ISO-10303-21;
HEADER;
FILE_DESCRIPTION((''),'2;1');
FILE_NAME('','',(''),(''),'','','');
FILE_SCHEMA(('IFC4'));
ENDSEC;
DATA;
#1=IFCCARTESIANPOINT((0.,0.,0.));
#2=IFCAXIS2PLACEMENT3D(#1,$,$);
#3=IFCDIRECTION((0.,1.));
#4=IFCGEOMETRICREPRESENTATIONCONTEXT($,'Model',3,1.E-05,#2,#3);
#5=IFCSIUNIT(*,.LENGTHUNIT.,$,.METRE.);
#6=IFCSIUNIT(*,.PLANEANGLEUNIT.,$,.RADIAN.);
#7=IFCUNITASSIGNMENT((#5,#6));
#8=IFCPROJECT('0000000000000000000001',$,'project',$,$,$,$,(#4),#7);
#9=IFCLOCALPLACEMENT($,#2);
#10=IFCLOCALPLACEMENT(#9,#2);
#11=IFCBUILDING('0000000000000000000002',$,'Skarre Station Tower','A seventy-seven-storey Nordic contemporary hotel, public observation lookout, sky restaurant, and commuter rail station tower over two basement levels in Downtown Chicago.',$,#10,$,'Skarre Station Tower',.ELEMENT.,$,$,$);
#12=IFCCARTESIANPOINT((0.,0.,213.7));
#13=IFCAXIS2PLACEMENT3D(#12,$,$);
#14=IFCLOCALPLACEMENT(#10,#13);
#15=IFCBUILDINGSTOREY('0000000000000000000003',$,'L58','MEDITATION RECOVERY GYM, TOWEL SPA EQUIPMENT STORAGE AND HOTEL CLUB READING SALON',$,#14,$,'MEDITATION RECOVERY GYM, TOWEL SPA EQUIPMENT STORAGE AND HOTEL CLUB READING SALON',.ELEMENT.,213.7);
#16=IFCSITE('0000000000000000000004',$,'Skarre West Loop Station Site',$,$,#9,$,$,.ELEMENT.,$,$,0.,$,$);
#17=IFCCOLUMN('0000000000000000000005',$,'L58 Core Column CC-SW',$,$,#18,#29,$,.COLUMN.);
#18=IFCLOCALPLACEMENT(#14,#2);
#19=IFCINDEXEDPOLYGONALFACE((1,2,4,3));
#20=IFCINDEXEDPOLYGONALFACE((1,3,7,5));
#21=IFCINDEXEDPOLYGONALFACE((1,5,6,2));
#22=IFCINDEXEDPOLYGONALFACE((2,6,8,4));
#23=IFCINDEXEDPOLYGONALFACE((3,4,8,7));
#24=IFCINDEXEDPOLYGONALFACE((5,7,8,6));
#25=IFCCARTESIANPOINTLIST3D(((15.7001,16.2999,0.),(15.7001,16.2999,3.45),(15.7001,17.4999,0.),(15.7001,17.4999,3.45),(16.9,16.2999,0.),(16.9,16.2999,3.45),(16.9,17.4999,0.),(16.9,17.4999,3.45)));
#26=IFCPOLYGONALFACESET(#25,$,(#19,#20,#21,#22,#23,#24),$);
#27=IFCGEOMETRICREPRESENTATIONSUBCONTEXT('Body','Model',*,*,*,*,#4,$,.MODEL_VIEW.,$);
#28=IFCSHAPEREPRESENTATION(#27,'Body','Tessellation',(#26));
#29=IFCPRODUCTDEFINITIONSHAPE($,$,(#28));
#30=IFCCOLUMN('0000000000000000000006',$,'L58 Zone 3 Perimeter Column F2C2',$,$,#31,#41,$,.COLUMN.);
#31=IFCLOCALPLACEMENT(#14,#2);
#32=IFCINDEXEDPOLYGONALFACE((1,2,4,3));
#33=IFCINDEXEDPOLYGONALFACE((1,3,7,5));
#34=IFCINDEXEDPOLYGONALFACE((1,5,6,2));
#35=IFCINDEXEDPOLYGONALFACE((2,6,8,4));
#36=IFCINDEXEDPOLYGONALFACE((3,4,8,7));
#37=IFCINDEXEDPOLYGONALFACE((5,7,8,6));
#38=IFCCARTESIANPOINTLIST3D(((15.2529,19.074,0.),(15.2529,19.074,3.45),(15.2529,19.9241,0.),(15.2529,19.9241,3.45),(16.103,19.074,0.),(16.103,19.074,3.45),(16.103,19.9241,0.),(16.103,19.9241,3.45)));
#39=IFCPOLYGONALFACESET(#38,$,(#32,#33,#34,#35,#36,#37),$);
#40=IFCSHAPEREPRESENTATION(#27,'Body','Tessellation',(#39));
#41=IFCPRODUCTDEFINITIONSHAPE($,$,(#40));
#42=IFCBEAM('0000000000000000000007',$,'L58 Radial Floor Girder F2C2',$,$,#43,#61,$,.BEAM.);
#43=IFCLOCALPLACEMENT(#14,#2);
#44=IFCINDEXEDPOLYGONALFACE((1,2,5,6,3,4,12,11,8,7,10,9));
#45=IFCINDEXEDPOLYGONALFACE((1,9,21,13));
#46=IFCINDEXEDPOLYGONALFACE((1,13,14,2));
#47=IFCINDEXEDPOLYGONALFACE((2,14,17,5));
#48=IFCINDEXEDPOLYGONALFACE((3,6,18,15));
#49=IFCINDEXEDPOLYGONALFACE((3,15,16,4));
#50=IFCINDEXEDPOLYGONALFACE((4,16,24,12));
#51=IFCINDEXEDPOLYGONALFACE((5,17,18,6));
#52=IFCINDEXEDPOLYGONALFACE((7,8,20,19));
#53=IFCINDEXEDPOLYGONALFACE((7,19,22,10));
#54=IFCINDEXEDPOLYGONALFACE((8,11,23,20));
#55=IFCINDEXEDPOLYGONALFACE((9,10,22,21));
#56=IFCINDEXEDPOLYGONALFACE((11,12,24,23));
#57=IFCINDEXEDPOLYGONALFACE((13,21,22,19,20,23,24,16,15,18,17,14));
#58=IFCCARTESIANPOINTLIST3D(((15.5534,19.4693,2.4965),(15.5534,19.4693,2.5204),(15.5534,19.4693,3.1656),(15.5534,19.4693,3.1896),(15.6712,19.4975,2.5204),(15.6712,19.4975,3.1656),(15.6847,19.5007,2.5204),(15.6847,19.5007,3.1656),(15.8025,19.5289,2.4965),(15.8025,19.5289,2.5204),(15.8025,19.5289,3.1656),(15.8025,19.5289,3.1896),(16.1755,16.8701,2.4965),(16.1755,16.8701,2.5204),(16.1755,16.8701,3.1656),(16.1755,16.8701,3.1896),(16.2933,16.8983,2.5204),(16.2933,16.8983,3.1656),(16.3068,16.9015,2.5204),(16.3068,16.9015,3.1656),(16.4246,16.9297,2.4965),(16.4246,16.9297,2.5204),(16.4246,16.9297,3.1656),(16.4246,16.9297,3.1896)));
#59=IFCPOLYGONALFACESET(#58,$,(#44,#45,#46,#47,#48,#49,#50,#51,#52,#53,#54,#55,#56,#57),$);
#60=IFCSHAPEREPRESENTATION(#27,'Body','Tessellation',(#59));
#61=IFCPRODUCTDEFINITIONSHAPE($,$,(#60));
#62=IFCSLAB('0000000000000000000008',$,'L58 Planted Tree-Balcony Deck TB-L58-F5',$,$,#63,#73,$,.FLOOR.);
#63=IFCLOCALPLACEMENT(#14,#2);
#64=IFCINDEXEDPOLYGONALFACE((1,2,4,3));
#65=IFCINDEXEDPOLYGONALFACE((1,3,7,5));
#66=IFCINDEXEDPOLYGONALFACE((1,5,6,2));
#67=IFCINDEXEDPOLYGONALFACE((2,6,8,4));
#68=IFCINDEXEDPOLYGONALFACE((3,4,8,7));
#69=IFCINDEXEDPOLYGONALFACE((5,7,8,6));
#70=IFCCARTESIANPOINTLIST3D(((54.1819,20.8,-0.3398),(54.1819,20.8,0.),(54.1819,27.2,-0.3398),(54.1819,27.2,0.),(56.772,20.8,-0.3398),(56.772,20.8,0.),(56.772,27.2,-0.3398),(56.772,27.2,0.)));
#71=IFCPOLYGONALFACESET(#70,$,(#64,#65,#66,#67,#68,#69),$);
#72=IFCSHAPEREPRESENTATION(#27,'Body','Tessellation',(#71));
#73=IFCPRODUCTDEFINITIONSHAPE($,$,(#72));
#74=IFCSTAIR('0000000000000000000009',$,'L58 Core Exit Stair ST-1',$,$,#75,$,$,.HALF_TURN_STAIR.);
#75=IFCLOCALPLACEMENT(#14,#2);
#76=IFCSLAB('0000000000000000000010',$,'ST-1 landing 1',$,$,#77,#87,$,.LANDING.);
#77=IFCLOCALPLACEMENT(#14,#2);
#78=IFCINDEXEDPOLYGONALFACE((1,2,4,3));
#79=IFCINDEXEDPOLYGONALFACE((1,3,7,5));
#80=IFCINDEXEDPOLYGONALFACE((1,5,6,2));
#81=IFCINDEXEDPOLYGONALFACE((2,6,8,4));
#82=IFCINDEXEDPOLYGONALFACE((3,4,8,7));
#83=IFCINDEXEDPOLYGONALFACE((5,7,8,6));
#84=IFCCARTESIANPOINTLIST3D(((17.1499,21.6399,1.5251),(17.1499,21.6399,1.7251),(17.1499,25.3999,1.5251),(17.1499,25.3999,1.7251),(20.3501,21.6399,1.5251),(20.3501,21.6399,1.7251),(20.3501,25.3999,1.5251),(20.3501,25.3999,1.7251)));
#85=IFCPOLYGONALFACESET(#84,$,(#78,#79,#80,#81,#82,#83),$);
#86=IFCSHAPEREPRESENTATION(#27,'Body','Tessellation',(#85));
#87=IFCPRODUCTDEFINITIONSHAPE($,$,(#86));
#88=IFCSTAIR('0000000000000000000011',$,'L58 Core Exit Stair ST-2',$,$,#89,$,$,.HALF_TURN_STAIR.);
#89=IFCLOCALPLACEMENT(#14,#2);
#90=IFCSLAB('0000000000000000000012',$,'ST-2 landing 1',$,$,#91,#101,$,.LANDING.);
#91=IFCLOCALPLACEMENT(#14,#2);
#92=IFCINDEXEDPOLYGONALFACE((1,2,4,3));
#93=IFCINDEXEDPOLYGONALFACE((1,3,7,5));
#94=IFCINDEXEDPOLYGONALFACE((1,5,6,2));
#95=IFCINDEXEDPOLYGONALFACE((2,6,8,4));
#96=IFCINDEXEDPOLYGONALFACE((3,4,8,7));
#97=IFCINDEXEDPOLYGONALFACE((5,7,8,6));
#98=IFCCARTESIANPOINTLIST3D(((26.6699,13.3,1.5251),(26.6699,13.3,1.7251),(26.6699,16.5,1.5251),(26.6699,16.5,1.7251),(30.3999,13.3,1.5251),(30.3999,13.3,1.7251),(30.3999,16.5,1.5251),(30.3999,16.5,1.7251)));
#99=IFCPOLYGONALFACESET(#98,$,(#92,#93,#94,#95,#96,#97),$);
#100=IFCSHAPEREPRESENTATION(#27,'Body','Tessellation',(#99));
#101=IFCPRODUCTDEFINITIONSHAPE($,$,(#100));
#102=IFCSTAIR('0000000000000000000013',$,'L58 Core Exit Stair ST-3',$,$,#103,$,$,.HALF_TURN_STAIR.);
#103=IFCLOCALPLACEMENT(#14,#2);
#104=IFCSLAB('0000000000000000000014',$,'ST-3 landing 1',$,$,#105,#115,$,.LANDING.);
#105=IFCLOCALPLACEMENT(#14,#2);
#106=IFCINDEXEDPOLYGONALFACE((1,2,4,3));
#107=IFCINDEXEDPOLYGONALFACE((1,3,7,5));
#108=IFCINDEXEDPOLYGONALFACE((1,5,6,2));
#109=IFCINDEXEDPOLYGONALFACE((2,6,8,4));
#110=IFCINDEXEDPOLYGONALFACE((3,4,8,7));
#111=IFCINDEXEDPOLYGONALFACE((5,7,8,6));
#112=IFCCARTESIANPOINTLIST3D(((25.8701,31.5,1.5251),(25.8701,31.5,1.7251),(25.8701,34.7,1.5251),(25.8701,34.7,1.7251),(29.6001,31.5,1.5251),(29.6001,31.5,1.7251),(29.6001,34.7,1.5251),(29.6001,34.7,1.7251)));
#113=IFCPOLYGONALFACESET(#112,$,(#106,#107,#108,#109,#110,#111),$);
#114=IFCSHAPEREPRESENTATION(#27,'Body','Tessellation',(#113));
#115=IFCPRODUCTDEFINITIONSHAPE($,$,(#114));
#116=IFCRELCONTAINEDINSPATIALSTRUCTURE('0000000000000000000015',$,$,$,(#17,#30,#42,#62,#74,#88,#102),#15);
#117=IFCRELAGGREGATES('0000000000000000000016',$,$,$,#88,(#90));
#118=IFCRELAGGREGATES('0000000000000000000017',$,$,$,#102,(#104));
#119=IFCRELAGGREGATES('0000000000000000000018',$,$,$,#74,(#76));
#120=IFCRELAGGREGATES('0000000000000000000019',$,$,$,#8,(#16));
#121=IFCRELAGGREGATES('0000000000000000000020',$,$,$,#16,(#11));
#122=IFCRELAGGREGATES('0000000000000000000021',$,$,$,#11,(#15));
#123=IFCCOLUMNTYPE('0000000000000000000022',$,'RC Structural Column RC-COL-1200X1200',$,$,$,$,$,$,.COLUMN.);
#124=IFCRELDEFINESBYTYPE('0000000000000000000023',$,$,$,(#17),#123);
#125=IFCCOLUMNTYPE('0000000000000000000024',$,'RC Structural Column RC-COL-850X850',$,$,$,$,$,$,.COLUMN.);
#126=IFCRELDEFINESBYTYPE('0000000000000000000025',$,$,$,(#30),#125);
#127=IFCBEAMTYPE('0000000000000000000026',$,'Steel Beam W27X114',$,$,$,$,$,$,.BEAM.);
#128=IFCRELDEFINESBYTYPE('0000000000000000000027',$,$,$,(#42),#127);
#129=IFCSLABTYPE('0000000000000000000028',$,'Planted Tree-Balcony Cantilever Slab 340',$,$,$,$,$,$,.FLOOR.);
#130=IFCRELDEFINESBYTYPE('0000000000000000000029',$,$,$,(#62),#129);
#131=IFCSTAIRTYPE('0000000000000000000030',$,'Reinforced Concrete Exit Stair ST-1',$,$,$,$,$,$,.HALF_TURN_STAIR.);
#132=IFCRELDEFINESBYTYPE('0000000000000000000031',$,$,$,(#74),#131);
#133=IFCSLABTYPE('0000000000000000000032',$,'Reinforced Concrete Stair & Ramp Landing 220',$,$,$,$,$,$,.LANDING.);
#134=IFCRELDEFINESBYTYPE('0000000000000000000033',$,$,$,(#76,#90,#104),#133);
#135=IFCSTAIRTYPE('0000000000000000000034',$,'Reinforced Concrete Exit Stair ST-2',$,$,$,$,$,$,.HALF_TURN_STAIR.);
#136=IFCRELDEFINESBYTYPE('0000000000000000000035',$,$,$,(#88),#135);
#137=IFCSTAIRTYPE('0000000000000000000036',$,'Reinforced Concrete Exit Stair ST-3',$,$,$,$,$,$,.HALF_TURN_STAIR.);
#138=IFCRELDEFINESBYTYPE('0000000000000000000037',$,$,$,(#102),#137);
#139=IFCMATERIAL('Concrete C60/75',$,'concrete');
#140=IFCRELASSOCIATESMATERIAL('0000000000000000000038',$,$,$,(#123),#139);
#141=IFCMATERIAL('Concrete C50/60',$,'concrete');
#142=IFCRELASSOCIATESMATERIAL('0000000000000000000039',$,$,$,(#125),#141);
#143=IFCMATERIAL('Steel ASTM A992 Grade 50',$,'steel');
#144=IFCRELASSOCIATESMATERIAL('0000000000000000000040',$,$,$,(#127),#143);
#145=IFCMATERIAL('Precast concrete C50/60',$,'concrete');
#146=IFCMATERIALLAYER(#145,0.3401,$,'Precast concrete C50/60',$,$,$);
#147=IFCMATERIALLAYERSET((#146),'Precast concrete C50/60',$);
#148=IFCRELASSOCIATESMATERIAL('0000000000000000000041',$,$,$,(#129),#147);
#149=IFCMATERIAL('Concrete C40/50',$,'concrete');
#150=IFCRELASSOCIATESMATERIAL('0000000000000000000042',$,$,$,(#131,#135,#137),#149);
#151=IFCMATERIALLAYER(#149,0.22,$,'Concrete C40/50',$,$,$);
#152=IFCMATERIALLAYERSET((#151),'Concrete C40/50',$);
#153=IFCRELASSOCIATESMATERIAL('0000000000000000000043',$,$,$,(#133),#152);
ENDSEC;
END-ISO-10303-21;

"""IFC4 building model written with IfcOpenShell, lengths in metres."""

from ifc_helpers import new_model, si_unit, direction, frame, origin, origin_2d, place, context, subcontext, project, spatial, polyline, rectangle, i_section, outline, extrude, material, layer, layer_set, material_profile, profile_set, type_object, element, aggregate, save


model = new_model("IFC4")

# Units and contexts
model_context = context("Model", 3, precision=1e-05, world=origin(), true_north=direction((0.0, 1.0)))
body_context = subcontext(model_context, "Body", "Model", "MODEL_VIEW")
ifc_project = project(units=[si_unit("LENGTHUNIT", "METRE"), si_unit("PLANEANGLEUNIT", "RADIAN")], contexts=[model_context])

# Site, building, storey
site_placement = place(None, origin())
site = spatial("IfcSite", under=ifc_project, at=site_placement, Name="Skarre West Loop Station Site", CompositionType="ELEMENT", RefElevation=0.0)
building_placement = place(site_placement, origin())
building = spatial("IfcBuilding", under=site, at=building_placement, Name="Skarre Station Tower", Description="A seventy-seven-storey Nordic contemporary hotel, public observation lookout, sky restaurant, and commuter rail station tower over two basement levels in Downtown Chicago.", LongName="Skarre Station Tower", CompositionType="ELEMENT")
storey_placement = place(building_placement, frame((0.0, 0.0, 213.7)))
storey = spatial("IfcBuildingStorey", under=building, at=storey_placement, Name="L58", Description="MEDITATION RECOVERY GYM, TOWEL SPA EQUIPMENT STORAGE AND HOTEL CLUB READING SALON", LongName="MEDITATION RECOVERY GYM, TOWEL SPA EQUIPMENT STORAGE AND HOTEL CLUB READING SALON", CompositionType="ELEMENT", Elevation=213.7)

# Columns
ifc_material_1 = material(Name="Concrete C60/75", Category="concrete")
ifc_material_profile_1 = material_profile(ifc_material_1, rectangle(XDim=1.2, YDim=1.2, at=origin_2d()), Name="Concrete C60/75")
ifc_profile_set_1 = profile_set([ifc_material_profile_1], Name="Concrete C60/75")
column_type_1 = type_object("IfcColumnType", Name="RC Structural Column RC-COL-1200X1200", PredefinedType="COLUMN", material=ifc_profile_set_1)
column_1_placement = place(storey_placement, frame((16.3, 16.8999, 0.0), z_axis=(0.0, 0.0, 1.0), x_axis=(1.0, 0.0, 0.0)))
element("IfcColumn", 1, at=column_1_placement, inside=storey, type_object=column_type_1, Name="L58 Core Column CC-SW", PredefinedType="COLUMN", context=body_context, shape_type="SweptSolid", body=[
    extrude(rectangle(XDim=1.2, YDim=1.2, at=origin_2d()), origin(), (0.0, 0.0, 1.0), 3.45),
])
ifc_material_2 = material(Name="Concrete C50/60", Category="concrete")
ifc_material_profile_2 = material_profile(ifc_material_2, rectangle(XDim=0.8501, YDim=0.8501, at=origin_2d()), Name="Concrete C50/60")
ifc_profile_set_2 = profile_set([ifc_material_profile_2], Name="Concrete C50/60")
column_type_2 = type_object("IfcColumnType", Name="RC Structural Column RC-COL-850X850", PredefinedType="COLUMN", material=ifc_profile_set_2)
column_2_placement = place(storey_placement, frame((15.678, 19.499, 0.0), z_axis=(0.0, 0.0, 1.0), x_axis=(1.0, 0.0, 0.0)))
element("IfcColumn", 2, at=column_2_placement, inside=storey, type_object=column_type_2, Name="L58 Zone 3 Perimeter Column F2C2", PredefinedType="COLUMN", context=body_context, shape_type="SweptSolid", body=[
    extrude(rectangle(XDim=0.8501, YDim=0.8501, at=origin_2d()), origin(), (0.0, 0.0, 1.0), 3.45),
])

# Beam
ifc_material_3 = material(Name="Steel ASTM A992 Grade 50", Category="steel")
ifc_material_profile_3 = material_profile(ifc_material_3, i_section(OverallWidth=0.2561, OverallDepth=0.6931, WebThickness=0.0139, FlangeThickness=0.0239, at=origin_2d()), Name="Steel ASTM A992 Grade 50")
ifc_profile_set_3 = profile_set([ifc_material_profile_3], Name="Steel ASTM A992 Grade 50")
beam_type = type_object("IfcBeamType", Name="Steel Beam W27X114", PredefinedType="BEAM", material=ifc_profile_set_3)
beam_placement = place(storey_placement, frame((16.3, 16.8999, 2.843), z_axis=(-0.232765, 0.972533, 0.0), x_axis=(-0.972533, -0.232765, 0.0)))
element("IfcBeam", 3, at=beam_placement, inside=storey, type_object=beam_type, Name="L58 Radial Floor Girder F2C2", PredefinedType="BEAM", context=body_context, shape_type="SweptSolid", body=[
    extrude(i_section(OverallWidth=0.2561, OverallDepth=0.6931, WebThickness=0.0139, FlangeThickness=0.0239, at=origin_2d()), origin(), (0.0, 0.0, 1.0), 2.6726),
])

# Slab
ifc_material_4 = material(Name="Precast concrete C50/60", Category="concrete")
ifc_layer_1 = layer(ifc_material_4, 0.3401, Name="Precast concrete C50/60")
ifc_layer_set_1 = layer_set([ifc_layer_1], Name="Precast concrete C50/60")
slab_type_1 = type_object("IfcSlabType", Name="Planted Tree-Balcony Cantilever Slab 340", PredefinedType="FLOOR", material=ifc_layer_set_1)
slab_1_placement = place(storey_placement, frame((0.0, 0.0, -0.3398)))
element("IfcSlab", 4, at=slab_1_placement, inside=storey, type_object=slab_type_1, Name="L58 Planted Tree-Balcony Deck TB-L58-F5", PredefinedType="FLOOR", context=body_context, shape_type="SweptSolid", body=[
    extrude(outline(polyline([(54.1819, 20.8), (54.1819, 27.2), (56.772, 27.2), (56.772, 20.8), (54.1819, 20.8)])), origin(), (0.0, 0.0, 1.0), 0.3398),
])

# Stairs, slabs
ifc_material_5 = material(Name="Concrete C40/50", Category="concrete")
stair_type_1 = type_object("IfcStairType", Name="Reinforced Concrete Exit Stair ST-1", PredefinedType="HALF_TURN_STAIR", material=ifc_material_5)
stair_1_placement = place(storey_placement, origin())
stair_1 = element("IfcStair", 5, at=stair_1_placement, inside=storey, type_object=stair_type_1, Name="L58 Core Exit Stair ST-1", PredefinedType="HALF_TURN_STAIR")
ifc_layer_2 = layer(ifc_material_5, 0.22, Name="Concrete C40/50")
ifc_layer_set_2 = layer_set([ifc_layer_2], Name="Concrete C40/50")
slab_type_2 = type_object("IfcSlabType", Name="Reinforced Concrete Stair & Ramp Landing 220", PredefinedType="LANDING", material=ifc_layer_set_2)
slab_2_placement = place(storey_placement, frame((0.0, 0.0, 1.5251)))
slab_2 = element("IfcSlab", 6, at=slab_2_placement, type_object=slab_type_2, Name="ST-1 landing 1", PredefinedType="LANDING", context=body_context, shape_type="SweptSolid", body=[
    extrude(outline(polyline([(20.3501, 21.6399), (20.3501, 25.3999), (17.1499, 25.3999), (17.1499, 21.6399), (20.3501, 21.6399)])), origin(), (0.0, 0.0, 1.0), 0.2),
])
stair_type_2 = type_object("IfcStairType", Name="Reinforced Concrete Exit Stair ST-2", PredefinedType="HALF_TURN_STAIR", material=ifc_material_5)
stair_2_placement = place(storey_placement, origin())
stair_2 = element("IfcStair", 7, at=stair_2_placement, inside=storey, type_object=stair_type_2, Name="L58 Core Exit Stair ST-2", PredefinedType="HALF_TURN_STAIR")
slab_3_placement = place(storey_placement, frame((0.0, 0.0, 1.5251)))
slab_3 = element("IfcSlab", 8, at=slab_3_placement, type_object=slab_type_2, Name="ST-2 landing 1", PredefinedType="LANDING", context=body_context, shape_type="SweptSolid", body=[
    extrude(outline(polyline([(26.6699, 13.3), (30.3999, 13.3), (30.3999, 16.5), (26.6699, 16.5), (26.6699, 13.3)])), origin(), (0.0, 0.0, 1.0), 0.2),
])
aggregate(stair_2, [slab_3])
stair_type_3 = type_object("IfcStairType", Name="Reinforced Concrete Exit Stair ST-3", PredefinedType="HALF_TURN_STAIR", material=ifc_material_5)
stair_3_placement = place(storey_placement, origin())
stair_3 = element("IfcStair", 9, at=stair_3_placement, inside=storey, type_object=stair_type_3, Name="L58 Core Exit Stair ST-3", PredefinedType="HALF_TURN_STAIR")
slab_4_placement = place(storey_placement, frame((0.0, 0.0, 1.5251)))
slab_4 = element("IfcSlab", 10, at=slab_4_placement, type_object=slab_type_2, Name="ST-3 landing 1", PredefinedType="LANDING", context=body_context, shape_type="SweptSolid", body=[
    extrude(outline(polyline([(25.8701, 31.5), (29.6001, 31.5), (29.6001, 34.7), (25.8701, 34.7), (25.8701, 31.5)])), origin(), (0.0, 0.0, 1.0), 0.2),
])
aggregate(stair_3, [slab_4])

aggregate(stair_1, [slab_2])

save(model, "model.ifc")
